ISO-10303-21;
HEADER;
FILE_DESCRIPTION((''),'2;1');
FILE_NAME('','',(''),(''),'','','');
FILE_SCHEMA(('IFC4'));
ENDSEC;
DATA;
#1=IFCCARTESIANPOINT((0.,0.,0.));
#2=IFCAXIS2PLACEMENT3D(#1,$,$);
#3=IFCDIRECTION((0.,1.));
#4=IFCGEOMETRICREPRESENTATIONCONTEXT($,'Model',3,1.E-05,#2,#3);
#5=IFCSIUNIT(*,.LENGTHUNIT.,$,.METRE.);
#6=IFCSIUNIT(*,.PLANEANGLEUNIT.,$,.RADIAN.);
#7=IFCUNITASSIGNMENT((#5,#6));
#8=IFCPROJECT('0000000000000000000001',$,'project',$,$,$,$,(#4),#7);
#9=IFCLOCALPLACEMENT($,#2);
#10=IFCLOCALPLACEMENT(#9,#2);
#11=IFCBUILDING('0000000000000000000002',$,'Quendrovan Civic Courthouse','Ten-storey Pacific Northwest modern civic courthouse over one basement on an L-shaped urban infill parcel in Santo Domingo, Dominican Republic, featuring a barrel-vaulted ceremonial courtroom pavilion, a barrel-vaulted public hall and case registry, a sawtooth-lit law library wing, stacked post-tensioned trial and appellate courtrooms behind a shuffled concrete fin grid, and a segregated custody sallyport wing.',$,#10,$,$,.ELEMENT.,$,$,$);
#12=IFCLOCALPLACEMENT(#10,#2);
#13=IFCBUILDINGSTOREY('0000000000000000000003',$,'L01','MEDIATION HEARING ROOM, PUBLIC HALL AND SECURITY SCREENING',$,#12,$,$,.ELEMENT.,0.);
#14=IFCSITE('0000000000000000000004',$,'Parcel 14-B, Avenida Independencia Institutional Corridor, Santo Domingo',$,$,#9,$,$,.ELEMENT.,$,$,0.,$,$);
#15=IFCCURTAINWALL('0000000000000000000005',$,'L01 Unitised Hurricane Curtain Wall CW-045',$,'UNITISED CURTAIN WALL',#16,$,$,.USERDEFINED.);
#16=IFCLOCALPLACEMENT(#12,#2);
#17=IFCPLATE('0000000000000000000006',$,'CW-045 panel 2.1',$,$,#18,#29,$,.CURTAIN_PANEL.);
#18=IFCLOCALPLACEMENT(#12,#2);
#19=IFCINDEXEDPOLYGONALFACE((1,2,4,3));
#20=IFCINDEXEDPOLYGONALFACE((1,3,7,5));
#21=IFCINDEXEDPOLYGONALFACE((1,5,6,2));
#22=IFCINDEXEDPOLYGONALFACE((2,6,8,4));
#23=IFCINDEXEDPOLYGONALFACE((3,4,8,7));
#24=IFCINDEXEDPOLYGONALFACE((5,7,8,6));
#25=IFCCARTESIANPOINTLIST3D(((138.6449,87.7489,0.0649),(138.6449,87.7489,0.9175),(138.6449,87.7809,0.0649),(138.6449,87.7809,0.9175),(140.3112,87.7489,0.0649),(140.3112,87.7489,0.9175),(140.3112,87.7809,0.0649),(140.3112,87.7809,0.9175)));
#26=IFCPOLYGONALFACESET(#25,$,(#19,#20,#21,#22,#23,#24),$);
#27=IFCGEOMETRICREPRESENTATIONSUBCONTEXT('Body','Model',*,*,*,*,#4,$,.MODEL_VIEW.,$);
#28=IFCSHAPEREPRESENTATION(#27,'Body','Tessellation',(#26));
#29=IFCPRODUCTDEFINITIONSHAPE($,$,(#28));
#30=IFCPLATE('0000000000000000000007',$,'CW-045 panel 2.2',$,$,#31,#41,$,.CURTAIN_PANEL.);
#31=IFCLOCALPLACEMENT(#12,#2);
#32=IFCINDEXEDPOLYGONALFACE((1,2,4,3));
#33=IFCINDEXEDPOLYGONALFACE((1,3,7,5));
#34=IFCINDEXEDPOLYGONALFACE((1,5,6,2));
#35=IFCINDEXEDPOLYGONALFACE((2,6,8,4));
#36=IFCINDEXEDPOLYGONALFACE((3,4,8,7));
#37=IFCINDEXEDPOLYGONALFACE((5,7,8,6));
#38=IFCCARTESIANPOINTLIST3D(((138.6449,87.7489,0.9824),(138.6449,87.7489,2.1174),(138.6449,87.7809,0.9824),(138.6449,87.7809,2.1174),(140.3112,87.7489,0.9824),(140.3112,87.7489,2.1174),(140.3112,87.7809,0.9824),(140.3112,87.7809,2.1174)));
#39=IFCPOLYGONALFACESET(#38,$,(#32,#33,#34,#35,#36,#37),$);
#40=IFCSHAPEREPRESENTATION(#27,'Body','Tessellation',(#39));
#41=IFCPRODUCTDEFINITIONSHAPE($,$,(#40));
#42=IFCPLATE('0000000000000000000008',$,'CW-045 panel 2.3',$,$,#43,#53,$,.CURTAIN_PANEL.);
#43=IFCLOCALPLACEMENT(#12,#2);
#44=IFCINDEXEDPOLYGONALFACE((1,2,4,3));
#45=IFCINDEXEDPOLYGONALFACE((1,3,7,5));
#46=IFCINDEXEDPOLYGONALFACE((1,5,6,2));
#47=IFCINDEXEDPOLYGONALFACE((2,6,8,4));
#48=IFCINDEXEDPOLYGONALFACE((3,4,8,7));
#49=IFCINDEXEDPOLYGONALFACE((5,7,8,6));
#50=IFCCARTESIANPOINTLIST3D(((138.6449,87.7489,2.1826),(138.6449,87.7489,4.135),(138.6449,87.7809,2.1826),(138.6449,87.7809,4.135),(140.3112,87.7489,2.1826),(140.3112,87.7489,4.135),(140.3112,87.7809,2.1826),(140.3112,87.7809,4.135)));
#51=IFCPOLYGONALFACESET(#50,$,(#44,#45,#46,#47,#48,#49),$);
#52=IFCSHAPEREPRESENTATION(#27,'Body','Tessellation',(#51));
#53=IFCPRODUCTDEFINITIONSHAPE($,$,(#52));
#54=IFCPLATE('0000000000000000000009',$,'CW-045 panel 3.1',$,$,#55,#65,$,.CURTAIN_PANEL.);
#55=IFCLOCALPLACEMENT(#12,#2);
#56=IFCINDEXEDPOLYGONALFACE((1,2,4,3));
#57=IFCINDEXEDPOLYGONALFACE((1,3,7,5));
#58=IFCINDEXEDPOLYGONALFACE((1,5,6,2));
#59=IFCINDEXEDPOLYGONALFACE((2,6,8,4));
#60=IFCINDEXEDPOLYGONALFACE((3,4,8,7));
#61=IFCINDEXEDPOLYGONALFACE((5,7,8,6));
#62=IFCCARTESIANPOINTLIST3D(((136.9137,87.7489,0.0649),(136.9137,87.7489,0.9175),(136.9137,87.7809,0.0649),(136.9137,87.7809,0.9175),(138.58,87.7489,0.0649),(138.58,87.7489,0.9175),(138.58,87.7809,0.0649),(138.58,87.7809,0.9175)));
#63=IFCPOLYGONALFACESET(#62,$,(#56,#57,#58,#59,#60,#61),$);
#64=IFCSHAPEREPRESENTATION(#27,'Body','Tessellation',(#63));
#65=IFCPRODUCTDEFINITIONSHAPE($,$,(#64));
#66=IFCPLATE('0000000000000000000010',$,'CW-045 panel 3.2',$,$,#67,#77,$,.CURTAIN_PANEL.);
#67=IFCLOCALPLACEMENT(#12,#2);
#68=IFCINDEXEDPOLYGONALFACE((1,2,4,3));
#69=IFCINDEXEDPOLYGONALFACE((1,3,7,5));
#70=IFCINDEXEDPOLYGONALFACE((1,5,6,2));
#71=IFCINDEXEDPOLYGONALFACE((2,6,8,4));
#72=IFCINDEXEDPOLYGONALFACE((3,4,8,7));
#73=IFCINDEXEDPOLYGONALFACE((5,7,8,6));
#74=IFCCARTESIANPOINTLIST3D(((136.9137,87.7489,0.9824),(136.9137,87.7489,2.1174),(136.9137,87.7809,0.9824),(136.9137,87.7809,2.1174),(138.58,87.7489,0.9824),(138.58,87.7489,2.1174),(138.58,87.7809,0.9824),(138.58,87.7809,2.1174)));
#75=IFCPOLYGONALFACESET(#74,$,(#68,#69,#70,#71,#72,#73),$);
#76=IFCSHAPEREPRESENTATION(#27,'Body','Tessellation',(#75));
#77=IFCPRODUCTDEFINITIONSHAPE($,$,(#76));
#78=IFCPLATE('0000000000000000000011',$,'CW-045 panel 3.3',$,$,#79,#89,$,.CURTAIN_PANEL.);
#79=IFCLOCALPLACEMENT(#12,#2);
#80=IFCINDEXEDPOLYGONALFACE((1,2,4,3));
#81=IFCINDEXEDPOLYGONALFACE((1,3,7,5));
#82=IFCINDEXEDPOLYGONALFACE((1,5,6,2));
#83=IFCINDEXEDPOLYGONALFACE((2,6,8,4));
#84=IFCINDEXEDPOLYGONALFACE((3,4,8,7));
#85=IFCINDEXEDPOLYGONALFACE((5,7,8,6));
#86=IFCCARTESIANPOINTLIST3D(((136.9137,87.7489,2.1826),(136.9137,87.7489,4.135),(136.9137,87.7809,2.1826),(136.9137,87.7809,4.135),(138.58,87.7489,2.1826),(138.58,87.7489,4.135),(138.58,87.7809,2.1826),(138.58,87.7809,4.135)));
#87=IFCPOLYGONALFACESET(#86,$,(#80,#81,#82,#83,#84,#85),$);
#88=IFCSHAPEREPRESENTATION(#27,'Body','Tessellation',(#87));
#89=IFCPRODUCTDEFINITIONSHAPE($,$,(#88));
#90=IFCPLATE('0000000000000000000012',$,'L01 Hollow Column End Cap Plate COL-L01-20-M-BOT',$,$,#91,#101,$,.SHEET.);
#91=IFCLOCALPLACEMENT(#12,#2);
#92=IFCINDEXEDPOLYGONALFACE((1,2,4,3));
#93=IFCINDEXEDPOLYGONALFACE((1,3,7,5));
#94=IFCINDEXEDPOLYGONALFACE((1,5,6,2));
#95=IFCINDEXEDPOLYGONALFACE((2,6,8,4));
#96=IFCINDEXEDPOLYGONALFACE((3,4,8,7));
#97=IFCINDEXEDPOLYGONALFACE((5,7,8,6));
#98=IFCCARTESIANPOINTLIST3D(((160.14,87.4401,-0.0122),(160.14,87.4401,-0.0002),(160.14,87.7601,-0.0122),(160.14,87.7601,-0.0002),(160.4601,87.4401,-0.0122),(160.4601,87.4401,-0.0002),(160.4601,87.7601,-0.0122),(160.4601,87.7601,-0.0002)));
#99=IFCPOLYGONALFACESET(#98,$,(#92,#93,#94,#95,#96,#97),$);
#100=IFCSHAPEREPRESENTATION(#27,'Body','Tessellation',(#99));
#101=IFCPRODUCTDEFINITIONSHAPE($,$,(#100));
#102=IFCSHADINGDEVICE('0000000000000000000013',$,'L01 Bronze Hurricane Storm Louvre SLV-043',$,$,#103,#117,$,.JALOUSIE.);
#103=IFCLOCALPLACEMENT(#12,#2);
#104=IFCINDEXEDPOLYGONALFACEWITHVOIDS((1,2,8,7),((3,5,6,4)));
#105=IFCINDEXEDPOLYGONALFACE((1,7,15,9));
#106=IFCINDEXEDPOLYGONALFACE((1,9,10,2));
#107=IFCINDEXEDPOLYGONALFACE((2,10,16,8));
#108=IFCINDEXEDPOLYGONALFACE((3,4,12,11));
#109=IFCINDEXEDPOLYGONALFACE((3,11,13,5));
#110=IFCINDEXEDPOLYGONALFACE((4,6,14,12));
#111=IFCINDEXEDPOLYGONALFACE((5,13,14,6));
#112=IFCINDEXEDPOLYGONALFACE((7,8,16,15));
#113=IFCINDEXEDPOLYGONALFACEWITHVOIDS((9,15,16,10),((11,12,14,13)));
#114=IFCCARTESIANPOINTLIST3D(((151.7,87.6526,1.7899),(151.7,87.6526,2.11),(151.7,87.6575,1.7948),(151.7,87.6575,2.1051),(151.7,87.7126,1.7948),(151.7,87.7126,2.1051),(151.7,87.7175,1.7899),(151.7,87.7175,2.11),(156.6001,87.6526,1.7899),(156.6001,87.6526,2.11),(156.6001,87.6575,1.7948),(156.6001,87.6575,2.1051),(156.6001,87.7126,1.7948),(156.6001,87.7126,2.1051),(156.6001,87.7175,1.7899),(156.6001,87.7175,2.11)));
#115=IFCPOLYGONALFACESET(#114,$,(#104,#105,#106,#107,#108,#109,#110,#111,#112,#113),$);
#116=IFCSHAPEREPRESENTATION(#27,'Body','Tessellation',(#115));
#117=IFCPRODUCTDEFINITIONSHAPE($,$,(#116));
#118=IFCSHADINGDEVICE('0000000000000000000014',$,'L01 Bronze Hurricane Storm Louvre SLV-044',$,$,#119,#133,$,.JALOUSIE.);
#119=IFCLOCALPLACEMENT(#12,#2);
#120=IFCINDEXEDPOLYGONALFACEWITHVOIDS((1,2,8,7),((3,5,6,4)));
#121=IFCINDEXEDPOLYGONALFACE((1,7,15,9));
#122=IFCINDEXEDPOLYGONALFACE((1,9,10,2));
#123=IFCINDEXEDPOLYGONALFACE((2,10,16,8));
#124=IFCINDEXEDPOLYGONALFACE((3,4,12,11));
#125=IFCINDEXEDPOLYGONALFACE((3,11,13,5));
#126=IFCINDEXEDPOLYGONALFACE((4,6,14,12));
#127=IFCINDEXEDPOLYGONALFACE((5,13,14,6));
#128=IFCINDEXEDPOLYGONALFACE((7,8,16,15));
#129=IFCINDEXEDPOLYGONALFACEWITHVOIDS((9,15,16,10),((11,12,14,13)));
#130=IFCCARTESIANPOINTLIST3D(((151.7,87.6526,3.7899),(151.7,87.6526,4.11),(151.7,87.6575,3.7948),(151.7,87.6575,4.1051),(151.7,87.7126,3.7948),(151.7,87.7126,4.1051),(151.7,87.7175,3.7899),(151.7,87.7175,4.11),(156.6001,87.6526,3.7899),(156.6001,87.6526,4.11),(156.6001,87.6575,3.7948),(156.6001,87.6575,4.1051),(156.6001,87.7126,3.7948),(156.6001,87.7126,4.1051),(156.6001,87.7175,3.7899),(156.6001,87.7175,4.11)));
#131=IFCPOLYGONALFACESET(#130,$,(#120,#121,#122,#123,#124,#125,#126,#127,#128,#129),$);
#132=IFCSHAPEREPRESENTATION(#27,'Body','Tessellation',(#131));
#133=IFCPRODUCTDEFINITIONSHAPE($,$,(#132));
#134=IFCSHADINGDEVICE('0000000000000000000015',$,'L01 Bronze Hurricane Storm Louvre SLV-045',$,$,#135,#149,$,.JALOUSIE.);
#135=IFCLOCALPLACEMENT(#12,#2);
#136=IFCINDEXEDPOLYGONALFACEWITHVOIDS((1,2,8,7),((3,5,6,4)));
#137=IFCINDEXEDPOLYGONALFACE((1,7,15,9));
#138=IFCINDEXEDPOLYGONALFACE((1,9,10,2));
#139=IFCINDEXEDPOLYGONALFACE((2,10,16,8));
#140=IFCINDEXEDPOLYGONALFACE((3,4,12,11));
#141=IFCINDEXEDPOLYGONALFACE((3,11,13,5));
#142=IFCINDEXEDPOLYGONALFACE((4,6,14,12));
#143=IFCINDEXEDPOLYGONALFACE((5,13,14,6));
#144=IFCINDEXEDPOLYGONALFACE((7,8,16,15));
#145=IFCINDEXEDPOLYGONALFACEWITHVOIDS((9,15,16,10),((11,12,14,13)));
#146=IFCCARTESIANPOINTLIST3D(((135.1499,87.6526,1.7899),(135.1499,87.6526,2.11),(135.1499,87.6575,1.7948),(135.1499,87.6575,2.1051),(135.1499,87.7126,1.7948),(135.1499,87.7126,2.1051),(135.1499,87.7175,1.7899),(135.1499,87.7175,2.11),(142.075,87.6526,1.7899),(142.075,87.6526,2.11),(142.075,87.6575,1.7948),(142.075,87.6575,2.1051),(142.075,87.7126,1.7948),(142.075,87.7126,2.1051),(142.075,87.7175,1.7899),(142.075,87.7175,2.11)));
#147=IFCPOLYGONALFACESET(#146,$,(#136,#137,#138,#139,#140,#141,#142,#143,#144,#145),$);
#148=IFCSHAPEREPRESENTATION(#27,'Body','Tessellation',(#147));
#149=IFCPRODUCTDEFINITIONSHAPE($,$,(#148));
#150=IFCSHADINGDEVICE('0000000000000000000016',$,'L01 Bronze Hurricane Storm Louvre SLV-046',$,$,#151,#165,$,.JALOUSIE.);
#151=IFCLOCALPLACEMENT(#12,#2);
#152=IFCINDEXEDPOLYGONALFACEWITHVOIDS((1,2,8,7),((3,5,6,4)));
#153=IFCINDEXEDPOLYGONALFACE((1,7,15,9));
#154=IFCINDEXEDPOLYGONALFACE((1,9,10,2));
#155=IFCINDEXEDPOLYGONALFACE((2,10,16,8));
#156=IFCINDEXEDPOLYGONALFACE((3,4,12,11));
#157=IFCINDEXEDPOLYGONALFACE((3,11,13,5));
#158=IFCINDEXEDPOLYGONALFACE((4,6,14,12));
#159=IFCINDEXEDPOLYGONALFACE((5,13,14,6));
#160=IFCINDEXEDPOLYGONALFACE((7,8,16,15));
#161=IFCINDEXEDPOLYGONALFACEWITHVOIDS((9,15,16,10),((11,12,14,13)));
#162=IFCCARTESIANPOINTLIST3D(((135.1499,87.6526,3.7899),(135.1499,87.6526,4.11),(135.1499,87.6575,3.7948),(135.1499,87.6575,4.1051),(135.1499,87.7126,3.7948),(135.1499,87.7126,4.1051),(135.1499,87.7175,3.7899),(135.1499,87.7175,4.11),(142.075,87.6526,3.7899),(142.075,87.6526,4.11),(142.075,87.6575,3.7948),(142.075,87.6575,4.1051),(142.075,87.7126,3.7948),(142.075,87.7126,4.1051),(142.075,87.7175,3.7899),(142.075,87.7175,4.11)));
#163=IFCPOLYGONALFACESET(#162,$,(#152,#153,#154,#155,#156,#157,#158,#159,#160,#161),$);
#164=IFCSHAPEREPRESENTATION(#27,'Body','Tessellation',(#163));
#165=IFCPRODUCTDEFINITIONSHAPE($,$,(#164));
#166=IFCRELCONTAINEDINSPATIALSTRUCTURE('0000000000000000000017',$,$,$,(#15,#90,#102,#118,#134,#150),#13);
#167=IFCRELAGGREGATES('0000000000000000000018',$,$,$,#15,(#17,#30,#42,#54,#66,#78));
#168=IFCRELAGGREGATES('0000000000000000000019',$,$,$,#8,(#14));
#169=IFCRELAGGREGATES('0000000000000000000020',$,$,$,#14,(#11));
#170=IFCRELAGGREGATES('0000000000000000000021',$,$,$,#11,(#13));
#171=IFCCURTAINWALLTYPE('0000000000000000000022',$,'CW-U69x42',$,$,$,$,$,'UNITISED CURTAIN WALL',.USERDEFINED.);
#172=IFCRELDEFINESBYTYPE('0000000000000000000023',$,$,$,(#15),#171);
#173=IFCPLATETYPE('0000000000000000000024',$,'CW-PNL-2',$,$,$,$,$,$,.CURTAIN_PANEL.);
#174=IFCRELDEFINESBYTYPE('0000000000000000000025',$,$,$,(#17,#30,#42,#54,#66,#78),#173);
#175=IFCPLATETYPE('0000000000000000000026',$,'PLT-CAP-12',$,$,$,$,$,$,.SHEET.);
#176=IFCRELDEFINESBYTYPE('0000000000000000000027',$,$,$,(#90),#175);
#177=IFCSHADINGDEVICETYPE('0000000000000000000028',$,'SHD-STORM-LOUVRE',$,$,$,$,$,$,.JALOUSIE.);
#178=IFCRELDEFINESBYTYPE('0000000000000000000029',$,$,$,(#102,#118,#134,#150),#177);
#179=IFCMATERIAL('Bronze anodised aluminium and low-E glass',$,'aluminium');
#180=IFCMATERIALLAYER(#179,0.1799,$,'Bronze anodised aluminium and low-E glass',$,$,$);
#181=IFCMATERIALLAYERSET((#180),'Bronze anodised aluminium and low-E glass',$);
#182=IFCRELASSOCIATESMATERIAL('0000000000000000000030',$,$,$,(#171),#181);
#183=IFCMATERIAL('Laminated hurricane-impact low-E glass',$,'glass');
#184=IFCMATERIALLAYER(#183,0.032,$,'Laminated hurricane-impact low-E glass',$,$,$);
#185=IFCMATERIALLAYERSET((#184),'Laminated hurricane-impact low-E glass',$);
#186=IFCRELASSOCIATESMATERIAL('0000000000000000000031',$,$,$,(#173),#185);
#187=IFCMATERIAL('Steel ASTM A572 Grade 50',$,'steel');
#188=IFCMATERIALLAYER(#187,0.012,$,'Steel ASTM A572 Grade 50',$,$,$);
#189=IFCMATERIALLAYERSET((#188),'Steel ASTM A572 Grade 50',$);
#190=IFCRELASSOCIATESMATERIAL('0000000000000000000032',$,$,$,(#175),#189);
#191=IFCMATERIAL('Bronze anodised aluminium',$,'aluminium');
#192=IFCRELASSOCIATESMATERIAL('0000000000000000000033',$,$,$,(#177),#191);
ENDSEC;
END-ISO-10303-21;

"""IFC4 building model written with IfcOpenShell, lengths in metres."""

from ifc_helpers import new_model, si_unit, direction, frame, origin, origin_2d, place, context, subcontext, project, spatial, rectangle, hollow_rectangle, extrude, material, layer, layer_set, material_profile, profile_set, type_object, element, aggregate, save


model = new_model("IFC4")

# Units and contexts
model_context = context("Model", 3, precision=1e-05, world=origin(), true_north=direction((0.0, 1.0)))
body_context = subcontext(model_context, "Body", "Model", "MODEL_VIEW")
ifc_project = project(units=[si_unit("LENGTHUNIT", "METRE"), si_unit("PLANEANGLEUNIT", "RADIAN")], contexts=[model_context])

# Site, building, storey
site_placement = place(None, origin())
site = spatial("IfcSite", under=ifc_project, at=site_placement, Name="Parcel 14-B, Avenida Independencia Institutional Corridor, Santo Domingo", CompositionType="ELEMENT", RefElevation=0.0)
building_placement = place(site_placement, origin())
building = spatial("IfcBuilding", under=site, at=building_placement, Name="Quendrovan Civic Courthouse", Description="Ten-storey Pacific Northwest modern civic courthouse over one basement on an L-shaped urban infill parcel in Santo Domingo, Dominican Republic, featuring a barrel-vaulted ceremonial courtroom pavilion, a barrel-vaulted public hall and case registry, a sawtooth-lit law library wing, stacked post-tensioned trial and appellate courtrooms behind a shuffled concrete fin grid, and a segregated custody sallyport wing.", CompositionType="ELEMENT")
storey_placement = place(building_placement, origin())
storey = spatial("IfcBuildingStorey", under=building, at=storey_placement, Name="L01", Description="MEDIATION HEARING ROOM, PUBLIC HALL AND SECURITY SCREENING", CompositionType="ELEMENT", Elevation=0.0)

# Curtain wall, plates
ifc_material_1 = material(Name="Bronze anodised aluminium and low-E glass", Category="aluminium")
ifc_layer_1 = layer(ifc_material_1, 0.1799, Name="Bronze anodised aluminium and low-E glass")
ifc_layer_set_1 = layer_set([ifc_layer_1], Name="Bronze anodised aluminium and low-E glass")
curtain_wall_type = type_object("IfcCurtainWallType", Name="CW-U69x42", ElementType="UNITISED CURTAIN WALL", PredefinedType="USERDEFINED", material=ifc_layer_set_1)
curtain_wall_placement = place(storey_placement, origin())
curtain_wall = element("IfcCurtainWall", 1, at=curtain_wall_placement, inside=storey, type_object=curtain_wall_type, Name="L01 Unitised Hurricane Curtain Wall CW-045", ObjectType="UNITISED CURTAIN WALL", PredefinedType="USERDEFINED")
ifc_material_2 = material(Name="Bronze anodised aluminium", Category="aluminium")
ifc_material_3 = material(Name="Laminated hurricane-impact low-E glass", Category="glass")
ifc_layer_2 = layer(ifc_material_3, 0.032, Name="Laminated hurricane-impact low-E glass")
ifc_layer_set_2 = layer_set([ifc_layer_2], Name="Laminated hurricane-impact low-E glass")
plate_type_1 = type_object("IfcPlateType", Name="CW-PNL-2", PredefinedType="CURTAIN_PANEL", material=ifc_layer_set_2)
plate_1_placement = place(storey_placement, frame((139.478, 87.7649, 0.0649), z_axis=(0.0, 0.0, 1.0), x_axis=(-1.0, 0.0, 0.0)))
plate_1 = element("IfcPlate", 2, at=plate_1_placement, type_object=plate_type_1, Name="CW-045 panel 2.1", PredefinedType="CURTAIN_PANEL", context=body_context, shape_type="SweptSolid", body=[
    extrude(rectangle(XDim=1.6663, YDim=0.032, at=origin_2d()), origin(), (0.0, 0.0, 1.0), 0.8525),
])
plate_2_placement = place(storey_placement, frame((139.478, 87.7649, 0.9824), z_axis=(0.0, 0.0, 1.0), x_axis=(-1.0, 0.0, 0.0)))
plate_2 = element("IfcPlate", 3, at=plate_2_placement, type_object=plate_type_1, Name="CW-045 panel 2.2", PredefinedType="CURTAIN_PANEL", context=body_context, shape_type="SweptSolid", body=[
    extrude(rectangle(XDim=1.6663, YDim=0.032, at=origin_2d()), origin(), (0.0, 0.0, 1.0), 1.135),
])
plate_3_placement = place(storey_placement, frame((139.478, 87.7649, 2.1826), z_axis=(0.0, 0.0, 1.0), x_axis=(-1.0, 0.0, 0.0)))
plate_3 = element("IfcPlate", 4, at=plate_3_placement, type_object=plate_type_1, Name="CW-045 panel 2.3", PredefinedType="CURTAIN_PANEL", context=body_context, shape_type="SweptSolid", body=[
    extrude(rectangle(XDim=1.6663, YDim=0.032, at=origin_2d()), origin(), (0.0, 0.0, 1.0), 1.9524),
])
plate_4_placement = place(storey_placement, frame((137.7468, 87.7649, 0.0649), z_axis=(0.0, 0.0, 1.0), x_axis=(-1.0, 0.0, 0.0)))
plate_4 = element("IfcPlate", 5, at=plate_4_placement, type_object=plate_type_1, Name="CW-045 panel 3.1", PredefinedType="CURTAIN_PANEL", context=body_context, shape_type="SweptSolid", body=[
    extrude(rectangle(XDim=1.6663, YDim=0.032, at=origin_2d()), origin(), (0.0, 0.0, 1.0), 0.8525),
])
plate_5_placement = place(storey_placement, frame((137.7468, 87.7649, 0.9824), z_axis=(0.0, 0.0, 1.0), x_axis=(-1.0, 0.0, 0.0)))
plate_5 = element("IfcPlate", 6, at=plate_5_placement, type_object=plate_type_1, Name="CW-045 panel 3.2", PredefinedType="CURTAIN_PANEL", context=body_context, shape_type="SweptSolid", body=[
    extrude(rectangle(XDim=1.6663, YDim=0.032, at=origin_2d()), origin(), (0.0, 0.0, 1.0), 1.135),
])
plate_6_placement = place(storey_placement, frame((137.7468, 87.7649, 2.1826), z_axis=(0.0, 0.0, 1.0), x_axis=(-1.0, 0.0, 0.0)))
plate_6 = element("IfcPlate", 7, at=plate_6_placement, type_object=plate_type_1, Name="CW-045 panel 3.3", PredefinedType="CURTAIN_PANEL", context=body_context, shape_type="SweptSolid", body=[
    extrude(rectangle(XDim=1.6663, YDim=0.032, at=origin_2d()), origin(), (0.0, 0.0, 1.0), 1.9524),
])
aggregate(curtain_wall, [plate_1, plate_2, plate_3, plate_4, plate_5, plate_6])

# Plate
ifc_material_4 = material(Name="Steel ASTM A572 Grade 50", Category="steel")
ifc_layer_3 = layer(ifc_material_4, 0.012, Name="Steel ASTM A572 Grade 50")
ifc_layer_set_3 = layer_set([ifc_layer_3], Name="Steel ASTM A572 Grade 50")
plate_type_2 = type_object("IfcPlateType", Name="PLT-CAP-12", PredefinedType="SHEET", material=ifc_layer_set_3)
plate_7_placement = place(storey_placement, frame((160.3, 87.6001, -0.0122), z_axis=(0.0, 0.0, 1.0), x_axis=(1.0, 0.0, 0.0)))
element("IfcPlate", 8, at=plate_7_placement, inside=storey, type_object=plate_type_2, Name="L01 Hollow Column End Cap Plate COL-L01-20-M-BOT", PredefinedType="SHEET", context=body_context, shape_type="SweptSolid", body=[
    extrude(rectangle(XDim=0.3201, YDim=0.3201, at=origin_2d()), origin(), (0.0, 0.0, 1.0), 0.012),
])

# Shading devices
ifc_material_profile_1 = material_profile(ifc_material_2, hollow_rectangle(XDim=0.0649, YDim=0.3201, WallThickness=0.0049, at=origin_2d()), Name="AL-LOUVRE-65x320")
ifc_profile_set_1 = profile_set([ifc_material_profile_1], Name="Bronze anodised aluminium")
shading_device_type = type_object("IfcShadingDeviceType", Name="SHD-STORM-LOUVRE", PredefinedType="JALOUSIE", material=ifc_profile_set_1)
for number, where, z_axis, x_axis, name in (
    (9, (156.6001, 87.6851, 1.95), (-1.0, 0.0, 0.0), (0.0, -1.0, 0.0), "L01 Bronze Hurricane Storm Louvre SLV-043"),
    (10, (156.6001, 87.6851, 3.95), (-1.0, 0.0, 0.0), (0.0, -1.0, 0.0), "L01 Bronze Hurricane Storm Louvre SLV-044"),
):
    element("IfcShadingDevice", number, at=place(storey_placement, frame(where, z_axis=z_axis, x_axis=x_axis)), inside=storey, type_object=shading_device_type, Name=name, PredefinedType="JALOUSIE", context=body_context, shape_type="SweptSolid", body=[
        extrude(hollow_rectangle(XDim=0.0649, YDim=0.3201, WallThickness=0.0049, at=origin_2d()), origin(), (0.0, 0.0, 1.0), 4.9001),
    ])
for number, where, z_axis, x_axis, name in (
    (11, (142.075, 87.6851, 1.95), (-1.0, 0.0, 0.0), (0.0, -1.0, 0.0), "L01 Bronze Hurricane Storm Louvre SLV-045"),
    (12, (142.075, 87.6851, 3.95), (-1.0, 0.0, 0.0), (0.0, -1.0, 0.0), "L01 Bronze Hurricane Storm Louvre SLV-046"),
):
    element("IfcShadingDevice", number, at=place(storey_placement, frame(where, z_axis=z_axis, x_axis=x_axis)), inside=storey, type_object=shading_device_type, Name=name, PredefinedType="JALOUSIE", context=body_context, shape_type="SweptSolid", body=[
        extrude(hollow_rectangle(XDim=0.0649, YDim=0.3201, WallThickness=0.0049, at=origin_2d()), origin(), (0.0, 0.0, 1.0), 6.925),
    ])

save(model, "model.ifc")
